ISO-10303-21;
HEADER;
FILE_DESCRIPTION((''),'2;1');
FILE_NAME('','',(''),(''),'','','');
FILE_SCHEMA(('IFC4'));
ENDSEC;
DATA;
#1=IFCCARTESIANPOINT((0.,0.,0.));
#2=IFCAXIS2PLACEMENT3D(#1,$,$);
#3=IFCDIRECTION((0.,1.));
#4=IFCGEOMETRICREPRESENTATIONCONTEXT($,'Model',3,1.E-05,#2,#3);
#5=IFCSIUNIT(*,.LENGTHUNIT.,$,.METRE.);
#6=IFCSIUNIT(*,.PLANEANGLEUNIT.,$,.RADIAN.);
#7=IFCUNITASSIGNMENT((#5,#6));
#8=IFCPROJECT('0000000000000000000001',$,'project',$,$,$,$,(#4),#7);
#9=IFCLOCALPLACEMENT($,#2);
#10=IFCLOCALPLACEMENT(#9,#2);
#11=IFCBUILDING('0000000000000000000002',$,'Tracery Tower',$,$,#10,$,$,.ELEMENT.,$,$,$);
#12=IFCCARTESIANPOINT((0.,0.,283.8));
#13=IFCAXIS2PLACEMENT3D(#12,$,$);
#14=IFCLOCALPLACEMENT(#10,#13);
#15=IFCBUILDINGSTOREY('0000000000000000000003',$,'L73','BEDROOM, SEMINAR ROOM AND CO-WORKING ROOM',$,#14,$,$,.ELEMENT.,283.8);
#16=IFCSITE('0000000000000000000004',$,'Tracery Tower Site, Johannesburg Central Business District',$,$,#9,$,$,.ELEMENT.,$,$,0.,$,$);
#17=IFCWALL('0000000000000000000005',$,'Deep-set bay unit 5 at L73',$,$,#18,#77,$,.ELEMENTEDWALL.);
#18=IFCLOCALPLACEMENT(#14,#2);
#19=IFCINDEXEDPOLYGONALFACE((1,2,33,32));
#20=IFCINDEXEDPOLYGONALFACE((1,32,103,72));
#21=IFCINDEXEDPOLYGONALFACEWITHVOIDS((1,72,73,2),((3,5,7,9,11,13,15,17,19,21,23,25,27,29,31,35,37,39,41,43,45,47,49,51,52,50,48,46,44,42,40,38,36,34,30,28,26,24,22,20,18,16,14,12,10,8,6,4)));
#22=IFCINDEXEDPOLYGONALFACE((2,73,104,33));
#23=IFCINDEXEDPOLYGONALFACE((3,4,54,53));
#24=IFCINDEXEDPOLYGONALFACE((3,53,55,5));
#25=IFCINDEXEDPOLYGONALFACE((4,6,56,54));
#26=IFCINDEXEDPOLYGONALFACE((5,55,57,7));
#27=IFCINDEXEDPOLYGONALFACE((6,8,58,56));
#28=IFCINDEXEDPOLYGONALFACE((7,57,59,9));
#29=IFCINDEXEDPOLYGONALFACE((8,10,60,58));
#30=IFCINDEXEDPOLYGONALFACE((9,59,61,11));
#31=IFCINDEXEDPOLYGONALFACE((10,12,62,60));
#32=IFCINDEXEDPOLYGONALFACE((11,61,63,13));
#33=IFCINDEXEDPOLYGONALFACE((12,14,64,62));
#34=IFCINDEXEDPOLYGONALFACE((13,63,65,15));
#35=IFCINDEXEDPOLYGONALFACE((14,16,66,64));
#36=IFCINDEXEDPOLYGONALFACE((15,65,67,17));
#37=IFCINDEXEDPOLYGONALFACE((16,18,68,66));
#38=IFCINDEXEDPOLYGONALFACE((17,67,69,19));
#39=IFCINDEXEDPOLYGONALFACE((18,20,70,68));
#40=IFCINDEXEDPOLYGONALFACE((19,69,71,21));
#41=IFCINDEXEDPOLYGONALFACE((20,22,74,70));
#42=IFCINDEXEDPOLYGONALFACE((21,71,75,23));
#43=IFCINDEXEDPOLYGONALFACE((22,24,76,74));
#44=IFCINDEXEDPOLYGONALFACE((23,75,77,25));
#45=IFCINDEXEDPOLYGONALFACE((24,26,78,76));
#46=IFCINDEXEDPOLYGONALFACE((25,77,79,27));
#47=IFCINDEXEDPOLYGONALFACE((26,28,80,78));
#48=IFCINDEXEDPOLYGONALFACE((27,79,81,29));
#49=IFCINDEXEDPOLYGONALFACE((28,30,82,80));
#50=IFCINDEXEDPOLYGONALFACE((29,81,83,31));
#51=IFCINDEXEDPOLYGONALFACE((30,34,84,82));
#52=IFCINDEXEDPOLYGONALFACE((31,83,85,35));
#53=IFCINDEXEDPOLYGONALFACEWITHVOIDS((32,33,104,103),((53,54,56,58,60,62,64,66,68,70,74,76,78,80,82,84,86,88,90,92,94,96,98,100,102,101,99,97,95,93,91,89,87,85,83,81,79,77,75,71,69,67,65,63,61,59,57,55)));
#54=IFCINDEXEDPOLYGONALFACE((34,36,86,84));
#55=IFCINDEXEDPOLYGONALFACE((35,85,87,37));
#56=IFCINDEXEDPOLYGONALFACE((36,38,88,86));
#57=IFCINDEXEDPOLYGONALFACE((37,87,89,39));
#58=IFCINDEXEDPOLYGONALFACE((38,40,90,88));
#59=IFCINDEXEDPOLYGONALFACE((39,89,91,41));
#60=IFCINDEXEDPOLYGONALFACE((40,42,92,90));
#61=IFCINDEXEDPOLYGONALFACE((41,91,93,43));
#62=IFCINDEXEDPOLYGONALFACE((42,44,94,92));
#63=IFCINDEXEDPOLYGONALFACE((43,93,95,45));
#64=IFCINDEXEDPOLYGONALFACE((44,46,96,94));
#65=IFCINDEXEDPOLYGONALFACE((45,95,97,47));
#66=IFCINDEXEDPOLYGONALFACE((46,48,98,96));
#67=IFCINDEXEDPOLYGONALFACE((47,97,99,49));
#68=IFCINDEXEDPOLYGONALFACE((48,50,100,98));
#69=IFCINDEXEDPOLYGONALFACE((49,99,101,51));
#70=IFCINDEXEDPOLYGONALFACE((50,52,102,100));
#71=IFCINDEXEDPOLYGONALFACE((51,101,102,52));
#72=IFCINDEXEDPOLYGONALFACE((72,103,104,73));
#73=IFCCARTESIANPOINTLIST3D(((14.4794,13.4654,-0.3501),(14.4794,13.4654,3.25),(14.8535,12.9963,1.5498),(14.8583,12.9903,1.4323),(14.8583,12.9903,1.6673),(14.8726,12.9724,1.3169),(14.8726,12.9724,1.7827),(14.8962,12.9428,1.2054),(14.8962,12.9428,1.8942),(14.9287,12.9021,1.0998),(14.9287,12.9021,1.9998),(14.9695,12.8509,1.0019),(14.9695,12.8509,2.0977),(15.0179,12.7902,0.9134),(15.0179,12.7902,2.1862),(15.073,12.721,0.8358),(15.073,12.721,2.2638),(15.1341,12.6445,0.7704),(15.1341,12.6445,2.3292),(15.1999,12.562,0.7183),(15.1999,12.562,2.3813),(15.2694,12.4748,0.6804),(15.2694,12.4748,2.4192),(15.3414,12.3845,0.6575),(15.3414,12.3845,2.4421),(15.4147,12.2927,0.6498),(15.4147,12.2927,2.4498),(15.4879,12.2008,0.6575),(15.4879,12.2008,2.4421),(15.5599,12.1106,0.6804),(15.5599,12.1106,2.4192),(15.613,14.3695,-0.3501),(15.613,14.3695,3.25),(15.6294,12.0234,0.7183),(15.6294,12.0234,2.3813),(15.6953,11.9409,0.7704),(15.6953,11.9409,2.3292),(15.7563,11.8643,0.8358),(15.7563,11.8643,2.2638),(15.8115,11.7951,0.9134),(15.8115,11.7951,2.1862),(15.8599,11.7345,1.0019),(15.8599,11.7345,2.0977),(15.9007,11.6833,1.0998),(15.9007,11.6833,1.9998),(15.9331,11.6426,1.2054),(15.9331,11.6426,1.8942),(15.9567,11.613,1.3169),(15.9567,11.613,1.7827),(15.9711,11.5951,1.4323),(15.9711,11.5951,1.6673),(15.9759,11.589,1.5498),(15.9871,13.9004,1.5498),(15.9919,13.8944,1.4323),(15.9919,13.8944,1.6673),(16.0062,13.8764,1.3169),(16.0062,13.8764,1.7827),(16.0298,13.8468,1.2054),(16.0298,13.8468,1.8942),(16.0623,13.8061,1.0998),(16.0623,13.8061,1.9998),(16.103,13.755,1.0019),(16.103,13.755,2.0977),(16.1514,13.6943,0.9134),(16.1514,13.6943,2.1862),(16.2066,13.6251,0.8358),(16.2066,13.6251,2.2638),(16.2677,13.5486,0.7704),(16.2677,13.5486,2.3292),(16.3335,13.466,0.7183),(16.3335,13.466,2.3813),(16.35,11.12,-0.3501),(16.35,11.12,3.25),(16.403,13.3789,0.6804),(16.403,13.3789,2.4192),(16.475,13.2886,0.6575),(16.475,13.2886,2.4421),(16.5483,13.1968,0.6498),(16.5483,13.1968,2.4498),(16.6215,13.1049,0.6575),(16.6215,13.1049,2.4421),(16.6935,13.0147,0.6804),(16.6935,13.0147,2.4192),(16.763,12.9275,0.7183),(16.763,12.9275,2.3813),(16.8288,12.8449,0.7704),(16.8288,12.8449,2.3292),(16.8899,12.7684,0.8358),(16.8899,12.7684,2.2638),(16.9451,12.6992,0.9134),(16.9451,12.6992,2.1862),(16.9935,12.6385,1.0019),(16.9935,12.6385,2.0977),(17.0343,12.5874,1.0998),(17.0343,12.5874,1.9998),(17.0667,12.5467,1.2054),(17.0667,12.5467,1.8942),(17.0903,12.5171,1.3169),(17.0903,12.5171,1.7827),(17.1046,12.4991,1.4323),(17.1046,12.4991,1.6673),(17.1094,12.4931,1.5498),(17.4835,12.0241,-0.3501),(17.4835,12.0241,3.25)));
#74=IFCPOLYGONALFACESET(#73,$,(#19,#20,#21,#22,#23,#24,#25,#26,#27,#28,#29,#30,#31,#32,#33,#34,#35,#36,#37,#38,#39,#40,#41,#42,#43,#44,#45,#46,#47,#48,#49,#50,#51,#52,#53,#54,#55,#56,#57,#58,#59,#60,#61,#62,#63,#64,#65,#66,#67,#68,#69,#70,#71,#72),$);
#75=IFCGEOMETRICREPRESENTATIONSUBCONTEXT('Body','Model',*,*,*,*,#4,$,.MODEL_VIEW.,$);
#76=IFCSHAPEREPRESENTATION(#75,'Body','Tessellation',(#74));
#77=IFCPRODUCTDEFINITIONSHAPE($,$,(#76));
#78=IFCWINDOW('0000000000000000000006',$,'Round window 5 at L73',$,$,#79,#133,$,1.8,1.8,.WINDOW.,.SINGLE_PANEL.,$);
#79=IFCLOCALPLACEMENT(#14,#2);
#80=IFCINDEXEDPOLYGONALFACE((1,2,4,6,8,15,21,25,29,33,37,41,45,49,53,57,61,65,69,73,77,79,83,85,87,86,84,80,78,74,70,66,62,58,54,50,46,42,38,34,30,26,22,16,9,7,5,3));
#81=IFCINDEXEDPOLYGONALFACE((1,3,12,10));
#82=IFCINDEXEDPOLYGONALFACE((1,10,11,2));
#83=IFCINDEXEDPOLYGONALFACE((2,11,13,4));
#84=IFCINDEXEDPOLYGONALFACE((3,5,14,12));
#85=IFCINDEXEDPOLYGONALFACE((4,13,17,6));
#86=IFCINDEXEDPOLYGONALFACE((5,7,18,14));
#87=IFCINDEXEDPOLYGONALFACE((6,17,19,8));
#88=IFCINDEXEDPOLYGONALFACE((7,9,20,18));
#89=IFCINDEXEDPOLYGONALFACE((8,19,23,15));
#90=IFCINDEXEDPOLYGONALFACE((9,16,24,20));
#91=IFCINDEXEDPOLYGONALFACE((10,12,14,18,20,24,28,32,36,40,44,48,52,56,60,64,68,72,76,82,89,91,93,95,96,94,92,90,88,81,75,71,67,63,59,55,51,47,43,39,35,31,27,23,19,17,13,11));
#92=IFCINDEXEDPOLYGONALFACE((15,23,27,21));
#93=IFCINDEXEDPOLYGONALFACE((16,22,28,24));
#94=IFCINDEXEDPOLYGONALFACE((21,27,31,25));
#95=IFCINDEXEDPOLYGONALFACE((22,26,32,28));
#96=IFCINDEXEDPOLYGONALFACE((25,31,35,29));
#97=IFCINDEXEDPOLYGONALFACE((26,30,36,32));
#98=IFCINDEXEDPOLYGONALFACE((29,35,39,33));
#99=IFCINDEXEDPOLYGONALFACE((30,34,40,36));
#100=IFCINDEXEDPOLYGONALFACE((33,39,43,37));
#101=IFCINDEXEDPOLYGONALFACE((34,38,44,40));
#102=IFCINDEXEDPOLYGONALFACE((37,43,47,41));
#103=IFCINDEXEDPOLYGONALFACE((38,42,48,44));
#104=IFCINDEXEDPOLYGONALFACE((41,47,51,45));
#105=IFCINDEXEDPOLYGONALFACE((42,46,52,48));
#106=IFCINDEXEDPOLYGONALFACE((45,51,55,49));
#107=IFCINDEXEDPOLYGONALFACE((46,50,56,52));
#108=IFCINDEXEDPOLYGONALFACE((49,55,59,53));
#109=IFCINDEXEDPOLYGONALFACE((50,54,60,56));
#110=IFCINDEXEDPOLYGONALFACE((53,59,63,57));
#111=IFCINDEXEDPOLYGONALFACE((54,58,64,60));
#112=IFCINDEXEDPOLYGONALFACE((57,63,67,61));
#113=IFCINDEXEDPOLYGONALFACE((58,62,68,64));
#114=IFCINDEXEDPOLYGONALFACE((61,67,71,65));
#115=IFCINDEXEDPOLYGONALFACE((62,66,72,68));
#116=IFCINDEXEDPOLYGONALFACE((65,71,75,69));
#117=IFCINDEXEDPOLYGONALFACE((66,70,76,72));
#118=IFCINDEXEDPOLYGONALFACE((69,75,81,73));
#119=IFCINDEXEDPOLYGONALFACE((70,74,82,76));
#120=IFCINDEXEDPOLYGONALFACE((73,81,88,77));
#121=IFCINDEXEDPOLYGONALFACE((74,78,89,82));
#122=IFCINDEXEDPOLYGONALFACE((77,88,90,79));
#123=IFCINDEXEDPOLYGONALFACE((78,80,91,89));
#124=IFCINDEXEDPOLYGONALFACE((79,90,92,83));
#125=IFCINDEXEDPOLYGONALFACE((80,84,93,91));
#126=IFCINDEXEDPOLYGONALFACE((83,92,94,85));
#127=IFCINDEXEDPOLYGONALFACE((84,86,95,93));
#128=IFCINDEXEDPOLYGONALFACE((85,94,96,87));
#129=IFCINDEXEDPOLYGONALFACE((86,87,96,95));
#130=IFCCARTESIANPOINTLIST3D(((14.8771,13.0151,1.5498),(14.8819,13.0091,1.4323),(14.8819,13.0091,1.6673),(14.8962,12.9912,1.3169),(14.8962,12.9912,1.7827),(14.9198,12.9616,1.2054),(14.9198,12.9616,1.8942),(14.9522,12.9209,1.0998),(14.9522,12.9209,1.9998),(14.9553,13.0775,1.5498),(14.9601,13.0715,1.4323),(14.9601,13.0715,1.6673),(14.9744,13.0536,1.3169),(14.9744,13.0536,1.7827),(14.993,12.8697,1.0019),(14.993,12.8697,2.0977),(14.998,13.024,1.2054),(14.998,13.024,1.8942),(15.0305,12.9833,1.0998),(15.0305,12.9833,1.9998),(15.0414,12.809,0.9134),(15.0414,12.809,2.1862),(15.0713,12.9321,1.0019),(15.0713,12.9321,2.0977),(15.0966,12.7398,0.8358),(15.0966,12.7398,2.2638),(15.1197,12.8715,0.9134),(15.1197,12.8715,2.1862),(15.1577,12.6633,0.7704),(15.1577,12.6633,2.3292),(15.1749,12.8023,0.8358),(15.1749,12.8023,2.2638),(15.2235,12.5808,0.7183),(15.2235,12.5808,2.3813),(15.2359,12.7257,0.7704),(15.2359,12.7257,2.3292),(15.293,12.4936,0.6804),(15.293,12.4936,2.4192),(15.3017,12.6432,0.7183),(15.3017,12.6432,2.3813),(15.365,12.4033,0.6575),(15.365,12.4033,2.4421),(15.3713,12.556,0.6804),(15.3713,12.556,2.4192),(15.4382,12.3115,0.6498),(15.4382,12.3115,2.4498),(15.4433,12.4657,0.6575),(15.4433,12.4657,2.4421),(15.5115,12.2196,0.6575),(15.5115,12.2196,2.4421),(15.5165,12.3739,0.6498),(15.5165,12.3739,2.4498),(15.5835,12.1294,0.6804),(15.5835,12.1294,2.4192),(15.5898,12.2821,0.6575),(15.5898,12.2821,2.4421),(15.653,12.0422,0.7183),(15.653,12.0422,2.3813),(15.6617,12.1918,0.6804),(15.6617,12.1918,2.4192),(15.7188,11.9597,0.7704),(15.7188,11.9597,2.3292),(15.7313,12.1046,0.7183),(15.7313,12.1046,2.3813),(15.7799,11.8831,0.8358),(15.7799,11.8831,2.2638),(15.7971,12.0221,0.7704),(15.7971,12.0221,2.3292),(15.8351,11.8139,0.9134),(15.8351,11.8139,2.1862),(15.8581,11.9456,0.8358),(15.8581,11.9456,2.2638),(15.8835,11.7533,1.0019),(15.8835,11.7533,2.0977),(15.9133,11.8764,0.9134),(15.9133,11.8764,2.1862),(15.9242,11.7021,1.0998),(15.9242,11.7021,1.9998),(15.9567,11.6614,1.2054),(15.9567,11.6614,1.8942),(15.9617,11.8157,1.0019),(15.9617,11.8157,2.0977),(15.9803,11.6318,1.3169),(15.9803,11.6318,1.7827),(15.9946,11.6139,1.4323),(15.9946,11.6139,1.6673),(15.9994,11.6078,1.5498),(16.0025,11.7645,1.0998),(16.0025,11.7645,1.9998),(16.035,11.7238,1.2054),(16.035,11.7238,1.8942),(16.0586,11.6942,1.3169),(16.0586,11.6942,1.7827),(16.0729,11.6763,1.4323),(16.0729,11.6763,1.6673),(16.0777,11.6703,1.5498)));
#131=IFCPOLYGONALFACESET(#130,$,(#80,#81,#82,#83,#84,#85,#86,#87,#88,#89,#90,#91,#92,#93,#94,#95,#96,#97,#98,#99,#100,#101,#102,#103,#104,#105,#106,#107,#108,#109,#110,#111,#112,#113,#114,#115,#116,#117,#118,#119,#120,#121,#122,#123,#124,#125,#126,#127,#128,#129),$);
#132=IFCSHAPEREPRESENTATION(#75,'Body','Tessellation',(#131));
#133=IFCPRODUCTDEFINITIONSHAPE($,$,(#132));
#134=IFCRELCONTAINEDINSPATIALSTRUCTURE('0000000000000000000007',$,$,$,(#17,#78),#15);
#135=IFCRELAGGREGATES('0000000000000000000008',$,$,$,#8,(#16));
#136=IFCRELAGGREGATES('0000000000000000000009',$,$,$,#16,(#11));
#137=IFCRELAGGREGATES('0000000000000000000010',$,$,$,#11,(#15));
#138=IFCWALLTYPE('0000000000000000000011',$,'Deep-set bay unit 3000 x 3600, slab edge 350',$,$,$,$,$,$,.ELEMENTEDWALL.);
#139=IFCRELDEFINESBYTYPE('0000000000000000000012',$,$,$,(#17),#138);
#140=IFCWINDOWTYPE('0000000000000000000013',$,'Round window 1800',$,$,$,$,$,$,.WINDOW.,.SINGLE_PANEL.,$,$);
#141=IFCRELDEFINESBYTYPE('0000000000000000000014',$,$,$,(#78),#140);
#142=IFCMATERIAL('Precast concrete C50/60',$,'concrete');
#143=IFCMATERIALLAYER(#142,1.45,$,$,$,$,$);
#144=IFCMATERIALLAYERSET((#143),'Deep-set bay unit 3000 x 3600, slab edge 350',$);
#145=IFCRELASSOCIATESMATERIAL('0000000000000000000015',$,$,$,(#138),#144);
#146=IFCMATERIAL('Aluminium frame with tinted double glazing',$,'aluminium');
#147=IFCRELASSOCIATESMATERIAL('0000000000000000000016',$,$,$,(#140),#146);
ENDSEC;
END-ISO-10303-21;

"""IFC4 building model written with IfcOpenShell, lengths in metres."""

from ifc_helpers import new_model, si_unit, direction, frame, frame_2d, origin, origin_2d, place, context, subcontext, project, spatial, rectangle, circle, extrude, material, layer, layer_set, type_object, element, fill, save


model = new_model("IFC4")

# Units and contexts
model_context = context("Model", 3, precision=1e-05, world=origin(), true_north=direction((0.0, 1.0)))
body_context = subcontext(model_context, "Body", "Model", "MODEL_VIEW")
ifc_project = project(units=[si_unit("LENGTHUNIT", "METRE"), si_unit("PLANEANGLEUNIT", "RADIAN")], contexts=[model_context])

# Site, building, storey
site_placement = place(None, origin())
site = spatial("IfcSite", under=ifc_project, at=site_placement, Name="Tracery Tower Site, Johannesburg Central Business District", CompositionType="ELEMENT", RefElevation=0.0)
building_placement = place(site_placement, origin())
building = spatial("IfcBuilding", under=site, at=building_placement, Name="Tracery Tower", CompositionType="ELEMENT")
storey_placement = place(building_placement, frame((0.0, 0.0, 283.8)))
storey = spatial("IfcBuildingStorey", under=building, at=storey_placement, Name="L73", Description="BEDROOM, SEMINAR ROOM AND CO-WORKING ROOM", CompositionType="ELEMENT", Elevation=283.8)

# Wall, opening, window
ifc_material_1 = material(Name="Precast concrete C50/60", Category="concrete")
ifc_layer_1 = layer(ifc_material_1, 1.45)
ifc_layer_set_1 = layer_set([ifc_layer_1], Name="Deep-set bay unit 3000 x 3600, slab edge 350")
wall_type_1 = type_object("IfcWallType", Name="Deep-set bay unit 3000 x 3600, slab edge 350", PredefinedType="ELEMENTEDWALL", material=ifc_layer_set_1)
wall_1_placement = place(storey_placement, frame((16.9167, 11.572, -0.3501), z_axis=(0.0, 0.0, 1.0), x_axis=(-0.623523, 0.781805, 0.0)))
wall_1 = element("IfcWall", 1, at=wall_1_placement, inside=storey, type_object=wall_type_1, Name="Deep-set bay unit 5 at L73", PredefinedType="ELEMENTEDWALL", context=body_context, shape_type="SweptSolid", body=[
    extrude(rectangle(XDim=3.0, YDim=1.45, at=frame_2d((1.5, 0.0))), origin(), (0.0, 0.0, 1.0), 3.6001),
])
opening_1_placement = place(wall_1_placement, frame((1.5, 0.0, 1.8999)))
opening_1 = element("IfcOpeningElement", 2, at=opening_1_placement, cuts=wall_1, PredefinedType="OPENING", context=body_context, shape_type="SweptSolid", body=[
    extrude(circle(Radius=0.9, at=origin_2d()), frame((0.0, 0.7349, 0.0), z_axis=(0.0, -1.0, 0.0), x_axis=(1.0, 0.0, 0.0)), (0.0, 0.0, 1.0), 1.47),
])
ifc_material_2 = material(Name="Aluminium frame with tinted double glazing", Category="aluminium")
window_type = type_object("IfcWindowType", Name="Round window 1800", PartitioningType="SINGLE_PANEL", PredefinedType="WINDOW", material=ifc_material_2)
window_1_placement = place(opening_1_placement, origin())
window_1 = element("IfcWindow", 3, at=window_1_placement, inside=storey, type_object=window_type, Name="Round window 5 at L73", OverallHeight=1.8, OverallWidth=1.8, PartitioningType="SINGLE_PANEL", PredefinedType="WINDOW", context=body_context, shape_type="SweptSolid", body=[
    extrude(circle(Radius=0.9, at=origin_2d()), frame((0.0, 0.6948, 0.0), z_axis=(0.0, -1.0, 0.0), x_axis=(1.0, 0.0, 0.0)), (0.0, 0.0, 1.0), 0.1001),
])
fill(opening_1, window_1)

save(model, "model.ifc")
